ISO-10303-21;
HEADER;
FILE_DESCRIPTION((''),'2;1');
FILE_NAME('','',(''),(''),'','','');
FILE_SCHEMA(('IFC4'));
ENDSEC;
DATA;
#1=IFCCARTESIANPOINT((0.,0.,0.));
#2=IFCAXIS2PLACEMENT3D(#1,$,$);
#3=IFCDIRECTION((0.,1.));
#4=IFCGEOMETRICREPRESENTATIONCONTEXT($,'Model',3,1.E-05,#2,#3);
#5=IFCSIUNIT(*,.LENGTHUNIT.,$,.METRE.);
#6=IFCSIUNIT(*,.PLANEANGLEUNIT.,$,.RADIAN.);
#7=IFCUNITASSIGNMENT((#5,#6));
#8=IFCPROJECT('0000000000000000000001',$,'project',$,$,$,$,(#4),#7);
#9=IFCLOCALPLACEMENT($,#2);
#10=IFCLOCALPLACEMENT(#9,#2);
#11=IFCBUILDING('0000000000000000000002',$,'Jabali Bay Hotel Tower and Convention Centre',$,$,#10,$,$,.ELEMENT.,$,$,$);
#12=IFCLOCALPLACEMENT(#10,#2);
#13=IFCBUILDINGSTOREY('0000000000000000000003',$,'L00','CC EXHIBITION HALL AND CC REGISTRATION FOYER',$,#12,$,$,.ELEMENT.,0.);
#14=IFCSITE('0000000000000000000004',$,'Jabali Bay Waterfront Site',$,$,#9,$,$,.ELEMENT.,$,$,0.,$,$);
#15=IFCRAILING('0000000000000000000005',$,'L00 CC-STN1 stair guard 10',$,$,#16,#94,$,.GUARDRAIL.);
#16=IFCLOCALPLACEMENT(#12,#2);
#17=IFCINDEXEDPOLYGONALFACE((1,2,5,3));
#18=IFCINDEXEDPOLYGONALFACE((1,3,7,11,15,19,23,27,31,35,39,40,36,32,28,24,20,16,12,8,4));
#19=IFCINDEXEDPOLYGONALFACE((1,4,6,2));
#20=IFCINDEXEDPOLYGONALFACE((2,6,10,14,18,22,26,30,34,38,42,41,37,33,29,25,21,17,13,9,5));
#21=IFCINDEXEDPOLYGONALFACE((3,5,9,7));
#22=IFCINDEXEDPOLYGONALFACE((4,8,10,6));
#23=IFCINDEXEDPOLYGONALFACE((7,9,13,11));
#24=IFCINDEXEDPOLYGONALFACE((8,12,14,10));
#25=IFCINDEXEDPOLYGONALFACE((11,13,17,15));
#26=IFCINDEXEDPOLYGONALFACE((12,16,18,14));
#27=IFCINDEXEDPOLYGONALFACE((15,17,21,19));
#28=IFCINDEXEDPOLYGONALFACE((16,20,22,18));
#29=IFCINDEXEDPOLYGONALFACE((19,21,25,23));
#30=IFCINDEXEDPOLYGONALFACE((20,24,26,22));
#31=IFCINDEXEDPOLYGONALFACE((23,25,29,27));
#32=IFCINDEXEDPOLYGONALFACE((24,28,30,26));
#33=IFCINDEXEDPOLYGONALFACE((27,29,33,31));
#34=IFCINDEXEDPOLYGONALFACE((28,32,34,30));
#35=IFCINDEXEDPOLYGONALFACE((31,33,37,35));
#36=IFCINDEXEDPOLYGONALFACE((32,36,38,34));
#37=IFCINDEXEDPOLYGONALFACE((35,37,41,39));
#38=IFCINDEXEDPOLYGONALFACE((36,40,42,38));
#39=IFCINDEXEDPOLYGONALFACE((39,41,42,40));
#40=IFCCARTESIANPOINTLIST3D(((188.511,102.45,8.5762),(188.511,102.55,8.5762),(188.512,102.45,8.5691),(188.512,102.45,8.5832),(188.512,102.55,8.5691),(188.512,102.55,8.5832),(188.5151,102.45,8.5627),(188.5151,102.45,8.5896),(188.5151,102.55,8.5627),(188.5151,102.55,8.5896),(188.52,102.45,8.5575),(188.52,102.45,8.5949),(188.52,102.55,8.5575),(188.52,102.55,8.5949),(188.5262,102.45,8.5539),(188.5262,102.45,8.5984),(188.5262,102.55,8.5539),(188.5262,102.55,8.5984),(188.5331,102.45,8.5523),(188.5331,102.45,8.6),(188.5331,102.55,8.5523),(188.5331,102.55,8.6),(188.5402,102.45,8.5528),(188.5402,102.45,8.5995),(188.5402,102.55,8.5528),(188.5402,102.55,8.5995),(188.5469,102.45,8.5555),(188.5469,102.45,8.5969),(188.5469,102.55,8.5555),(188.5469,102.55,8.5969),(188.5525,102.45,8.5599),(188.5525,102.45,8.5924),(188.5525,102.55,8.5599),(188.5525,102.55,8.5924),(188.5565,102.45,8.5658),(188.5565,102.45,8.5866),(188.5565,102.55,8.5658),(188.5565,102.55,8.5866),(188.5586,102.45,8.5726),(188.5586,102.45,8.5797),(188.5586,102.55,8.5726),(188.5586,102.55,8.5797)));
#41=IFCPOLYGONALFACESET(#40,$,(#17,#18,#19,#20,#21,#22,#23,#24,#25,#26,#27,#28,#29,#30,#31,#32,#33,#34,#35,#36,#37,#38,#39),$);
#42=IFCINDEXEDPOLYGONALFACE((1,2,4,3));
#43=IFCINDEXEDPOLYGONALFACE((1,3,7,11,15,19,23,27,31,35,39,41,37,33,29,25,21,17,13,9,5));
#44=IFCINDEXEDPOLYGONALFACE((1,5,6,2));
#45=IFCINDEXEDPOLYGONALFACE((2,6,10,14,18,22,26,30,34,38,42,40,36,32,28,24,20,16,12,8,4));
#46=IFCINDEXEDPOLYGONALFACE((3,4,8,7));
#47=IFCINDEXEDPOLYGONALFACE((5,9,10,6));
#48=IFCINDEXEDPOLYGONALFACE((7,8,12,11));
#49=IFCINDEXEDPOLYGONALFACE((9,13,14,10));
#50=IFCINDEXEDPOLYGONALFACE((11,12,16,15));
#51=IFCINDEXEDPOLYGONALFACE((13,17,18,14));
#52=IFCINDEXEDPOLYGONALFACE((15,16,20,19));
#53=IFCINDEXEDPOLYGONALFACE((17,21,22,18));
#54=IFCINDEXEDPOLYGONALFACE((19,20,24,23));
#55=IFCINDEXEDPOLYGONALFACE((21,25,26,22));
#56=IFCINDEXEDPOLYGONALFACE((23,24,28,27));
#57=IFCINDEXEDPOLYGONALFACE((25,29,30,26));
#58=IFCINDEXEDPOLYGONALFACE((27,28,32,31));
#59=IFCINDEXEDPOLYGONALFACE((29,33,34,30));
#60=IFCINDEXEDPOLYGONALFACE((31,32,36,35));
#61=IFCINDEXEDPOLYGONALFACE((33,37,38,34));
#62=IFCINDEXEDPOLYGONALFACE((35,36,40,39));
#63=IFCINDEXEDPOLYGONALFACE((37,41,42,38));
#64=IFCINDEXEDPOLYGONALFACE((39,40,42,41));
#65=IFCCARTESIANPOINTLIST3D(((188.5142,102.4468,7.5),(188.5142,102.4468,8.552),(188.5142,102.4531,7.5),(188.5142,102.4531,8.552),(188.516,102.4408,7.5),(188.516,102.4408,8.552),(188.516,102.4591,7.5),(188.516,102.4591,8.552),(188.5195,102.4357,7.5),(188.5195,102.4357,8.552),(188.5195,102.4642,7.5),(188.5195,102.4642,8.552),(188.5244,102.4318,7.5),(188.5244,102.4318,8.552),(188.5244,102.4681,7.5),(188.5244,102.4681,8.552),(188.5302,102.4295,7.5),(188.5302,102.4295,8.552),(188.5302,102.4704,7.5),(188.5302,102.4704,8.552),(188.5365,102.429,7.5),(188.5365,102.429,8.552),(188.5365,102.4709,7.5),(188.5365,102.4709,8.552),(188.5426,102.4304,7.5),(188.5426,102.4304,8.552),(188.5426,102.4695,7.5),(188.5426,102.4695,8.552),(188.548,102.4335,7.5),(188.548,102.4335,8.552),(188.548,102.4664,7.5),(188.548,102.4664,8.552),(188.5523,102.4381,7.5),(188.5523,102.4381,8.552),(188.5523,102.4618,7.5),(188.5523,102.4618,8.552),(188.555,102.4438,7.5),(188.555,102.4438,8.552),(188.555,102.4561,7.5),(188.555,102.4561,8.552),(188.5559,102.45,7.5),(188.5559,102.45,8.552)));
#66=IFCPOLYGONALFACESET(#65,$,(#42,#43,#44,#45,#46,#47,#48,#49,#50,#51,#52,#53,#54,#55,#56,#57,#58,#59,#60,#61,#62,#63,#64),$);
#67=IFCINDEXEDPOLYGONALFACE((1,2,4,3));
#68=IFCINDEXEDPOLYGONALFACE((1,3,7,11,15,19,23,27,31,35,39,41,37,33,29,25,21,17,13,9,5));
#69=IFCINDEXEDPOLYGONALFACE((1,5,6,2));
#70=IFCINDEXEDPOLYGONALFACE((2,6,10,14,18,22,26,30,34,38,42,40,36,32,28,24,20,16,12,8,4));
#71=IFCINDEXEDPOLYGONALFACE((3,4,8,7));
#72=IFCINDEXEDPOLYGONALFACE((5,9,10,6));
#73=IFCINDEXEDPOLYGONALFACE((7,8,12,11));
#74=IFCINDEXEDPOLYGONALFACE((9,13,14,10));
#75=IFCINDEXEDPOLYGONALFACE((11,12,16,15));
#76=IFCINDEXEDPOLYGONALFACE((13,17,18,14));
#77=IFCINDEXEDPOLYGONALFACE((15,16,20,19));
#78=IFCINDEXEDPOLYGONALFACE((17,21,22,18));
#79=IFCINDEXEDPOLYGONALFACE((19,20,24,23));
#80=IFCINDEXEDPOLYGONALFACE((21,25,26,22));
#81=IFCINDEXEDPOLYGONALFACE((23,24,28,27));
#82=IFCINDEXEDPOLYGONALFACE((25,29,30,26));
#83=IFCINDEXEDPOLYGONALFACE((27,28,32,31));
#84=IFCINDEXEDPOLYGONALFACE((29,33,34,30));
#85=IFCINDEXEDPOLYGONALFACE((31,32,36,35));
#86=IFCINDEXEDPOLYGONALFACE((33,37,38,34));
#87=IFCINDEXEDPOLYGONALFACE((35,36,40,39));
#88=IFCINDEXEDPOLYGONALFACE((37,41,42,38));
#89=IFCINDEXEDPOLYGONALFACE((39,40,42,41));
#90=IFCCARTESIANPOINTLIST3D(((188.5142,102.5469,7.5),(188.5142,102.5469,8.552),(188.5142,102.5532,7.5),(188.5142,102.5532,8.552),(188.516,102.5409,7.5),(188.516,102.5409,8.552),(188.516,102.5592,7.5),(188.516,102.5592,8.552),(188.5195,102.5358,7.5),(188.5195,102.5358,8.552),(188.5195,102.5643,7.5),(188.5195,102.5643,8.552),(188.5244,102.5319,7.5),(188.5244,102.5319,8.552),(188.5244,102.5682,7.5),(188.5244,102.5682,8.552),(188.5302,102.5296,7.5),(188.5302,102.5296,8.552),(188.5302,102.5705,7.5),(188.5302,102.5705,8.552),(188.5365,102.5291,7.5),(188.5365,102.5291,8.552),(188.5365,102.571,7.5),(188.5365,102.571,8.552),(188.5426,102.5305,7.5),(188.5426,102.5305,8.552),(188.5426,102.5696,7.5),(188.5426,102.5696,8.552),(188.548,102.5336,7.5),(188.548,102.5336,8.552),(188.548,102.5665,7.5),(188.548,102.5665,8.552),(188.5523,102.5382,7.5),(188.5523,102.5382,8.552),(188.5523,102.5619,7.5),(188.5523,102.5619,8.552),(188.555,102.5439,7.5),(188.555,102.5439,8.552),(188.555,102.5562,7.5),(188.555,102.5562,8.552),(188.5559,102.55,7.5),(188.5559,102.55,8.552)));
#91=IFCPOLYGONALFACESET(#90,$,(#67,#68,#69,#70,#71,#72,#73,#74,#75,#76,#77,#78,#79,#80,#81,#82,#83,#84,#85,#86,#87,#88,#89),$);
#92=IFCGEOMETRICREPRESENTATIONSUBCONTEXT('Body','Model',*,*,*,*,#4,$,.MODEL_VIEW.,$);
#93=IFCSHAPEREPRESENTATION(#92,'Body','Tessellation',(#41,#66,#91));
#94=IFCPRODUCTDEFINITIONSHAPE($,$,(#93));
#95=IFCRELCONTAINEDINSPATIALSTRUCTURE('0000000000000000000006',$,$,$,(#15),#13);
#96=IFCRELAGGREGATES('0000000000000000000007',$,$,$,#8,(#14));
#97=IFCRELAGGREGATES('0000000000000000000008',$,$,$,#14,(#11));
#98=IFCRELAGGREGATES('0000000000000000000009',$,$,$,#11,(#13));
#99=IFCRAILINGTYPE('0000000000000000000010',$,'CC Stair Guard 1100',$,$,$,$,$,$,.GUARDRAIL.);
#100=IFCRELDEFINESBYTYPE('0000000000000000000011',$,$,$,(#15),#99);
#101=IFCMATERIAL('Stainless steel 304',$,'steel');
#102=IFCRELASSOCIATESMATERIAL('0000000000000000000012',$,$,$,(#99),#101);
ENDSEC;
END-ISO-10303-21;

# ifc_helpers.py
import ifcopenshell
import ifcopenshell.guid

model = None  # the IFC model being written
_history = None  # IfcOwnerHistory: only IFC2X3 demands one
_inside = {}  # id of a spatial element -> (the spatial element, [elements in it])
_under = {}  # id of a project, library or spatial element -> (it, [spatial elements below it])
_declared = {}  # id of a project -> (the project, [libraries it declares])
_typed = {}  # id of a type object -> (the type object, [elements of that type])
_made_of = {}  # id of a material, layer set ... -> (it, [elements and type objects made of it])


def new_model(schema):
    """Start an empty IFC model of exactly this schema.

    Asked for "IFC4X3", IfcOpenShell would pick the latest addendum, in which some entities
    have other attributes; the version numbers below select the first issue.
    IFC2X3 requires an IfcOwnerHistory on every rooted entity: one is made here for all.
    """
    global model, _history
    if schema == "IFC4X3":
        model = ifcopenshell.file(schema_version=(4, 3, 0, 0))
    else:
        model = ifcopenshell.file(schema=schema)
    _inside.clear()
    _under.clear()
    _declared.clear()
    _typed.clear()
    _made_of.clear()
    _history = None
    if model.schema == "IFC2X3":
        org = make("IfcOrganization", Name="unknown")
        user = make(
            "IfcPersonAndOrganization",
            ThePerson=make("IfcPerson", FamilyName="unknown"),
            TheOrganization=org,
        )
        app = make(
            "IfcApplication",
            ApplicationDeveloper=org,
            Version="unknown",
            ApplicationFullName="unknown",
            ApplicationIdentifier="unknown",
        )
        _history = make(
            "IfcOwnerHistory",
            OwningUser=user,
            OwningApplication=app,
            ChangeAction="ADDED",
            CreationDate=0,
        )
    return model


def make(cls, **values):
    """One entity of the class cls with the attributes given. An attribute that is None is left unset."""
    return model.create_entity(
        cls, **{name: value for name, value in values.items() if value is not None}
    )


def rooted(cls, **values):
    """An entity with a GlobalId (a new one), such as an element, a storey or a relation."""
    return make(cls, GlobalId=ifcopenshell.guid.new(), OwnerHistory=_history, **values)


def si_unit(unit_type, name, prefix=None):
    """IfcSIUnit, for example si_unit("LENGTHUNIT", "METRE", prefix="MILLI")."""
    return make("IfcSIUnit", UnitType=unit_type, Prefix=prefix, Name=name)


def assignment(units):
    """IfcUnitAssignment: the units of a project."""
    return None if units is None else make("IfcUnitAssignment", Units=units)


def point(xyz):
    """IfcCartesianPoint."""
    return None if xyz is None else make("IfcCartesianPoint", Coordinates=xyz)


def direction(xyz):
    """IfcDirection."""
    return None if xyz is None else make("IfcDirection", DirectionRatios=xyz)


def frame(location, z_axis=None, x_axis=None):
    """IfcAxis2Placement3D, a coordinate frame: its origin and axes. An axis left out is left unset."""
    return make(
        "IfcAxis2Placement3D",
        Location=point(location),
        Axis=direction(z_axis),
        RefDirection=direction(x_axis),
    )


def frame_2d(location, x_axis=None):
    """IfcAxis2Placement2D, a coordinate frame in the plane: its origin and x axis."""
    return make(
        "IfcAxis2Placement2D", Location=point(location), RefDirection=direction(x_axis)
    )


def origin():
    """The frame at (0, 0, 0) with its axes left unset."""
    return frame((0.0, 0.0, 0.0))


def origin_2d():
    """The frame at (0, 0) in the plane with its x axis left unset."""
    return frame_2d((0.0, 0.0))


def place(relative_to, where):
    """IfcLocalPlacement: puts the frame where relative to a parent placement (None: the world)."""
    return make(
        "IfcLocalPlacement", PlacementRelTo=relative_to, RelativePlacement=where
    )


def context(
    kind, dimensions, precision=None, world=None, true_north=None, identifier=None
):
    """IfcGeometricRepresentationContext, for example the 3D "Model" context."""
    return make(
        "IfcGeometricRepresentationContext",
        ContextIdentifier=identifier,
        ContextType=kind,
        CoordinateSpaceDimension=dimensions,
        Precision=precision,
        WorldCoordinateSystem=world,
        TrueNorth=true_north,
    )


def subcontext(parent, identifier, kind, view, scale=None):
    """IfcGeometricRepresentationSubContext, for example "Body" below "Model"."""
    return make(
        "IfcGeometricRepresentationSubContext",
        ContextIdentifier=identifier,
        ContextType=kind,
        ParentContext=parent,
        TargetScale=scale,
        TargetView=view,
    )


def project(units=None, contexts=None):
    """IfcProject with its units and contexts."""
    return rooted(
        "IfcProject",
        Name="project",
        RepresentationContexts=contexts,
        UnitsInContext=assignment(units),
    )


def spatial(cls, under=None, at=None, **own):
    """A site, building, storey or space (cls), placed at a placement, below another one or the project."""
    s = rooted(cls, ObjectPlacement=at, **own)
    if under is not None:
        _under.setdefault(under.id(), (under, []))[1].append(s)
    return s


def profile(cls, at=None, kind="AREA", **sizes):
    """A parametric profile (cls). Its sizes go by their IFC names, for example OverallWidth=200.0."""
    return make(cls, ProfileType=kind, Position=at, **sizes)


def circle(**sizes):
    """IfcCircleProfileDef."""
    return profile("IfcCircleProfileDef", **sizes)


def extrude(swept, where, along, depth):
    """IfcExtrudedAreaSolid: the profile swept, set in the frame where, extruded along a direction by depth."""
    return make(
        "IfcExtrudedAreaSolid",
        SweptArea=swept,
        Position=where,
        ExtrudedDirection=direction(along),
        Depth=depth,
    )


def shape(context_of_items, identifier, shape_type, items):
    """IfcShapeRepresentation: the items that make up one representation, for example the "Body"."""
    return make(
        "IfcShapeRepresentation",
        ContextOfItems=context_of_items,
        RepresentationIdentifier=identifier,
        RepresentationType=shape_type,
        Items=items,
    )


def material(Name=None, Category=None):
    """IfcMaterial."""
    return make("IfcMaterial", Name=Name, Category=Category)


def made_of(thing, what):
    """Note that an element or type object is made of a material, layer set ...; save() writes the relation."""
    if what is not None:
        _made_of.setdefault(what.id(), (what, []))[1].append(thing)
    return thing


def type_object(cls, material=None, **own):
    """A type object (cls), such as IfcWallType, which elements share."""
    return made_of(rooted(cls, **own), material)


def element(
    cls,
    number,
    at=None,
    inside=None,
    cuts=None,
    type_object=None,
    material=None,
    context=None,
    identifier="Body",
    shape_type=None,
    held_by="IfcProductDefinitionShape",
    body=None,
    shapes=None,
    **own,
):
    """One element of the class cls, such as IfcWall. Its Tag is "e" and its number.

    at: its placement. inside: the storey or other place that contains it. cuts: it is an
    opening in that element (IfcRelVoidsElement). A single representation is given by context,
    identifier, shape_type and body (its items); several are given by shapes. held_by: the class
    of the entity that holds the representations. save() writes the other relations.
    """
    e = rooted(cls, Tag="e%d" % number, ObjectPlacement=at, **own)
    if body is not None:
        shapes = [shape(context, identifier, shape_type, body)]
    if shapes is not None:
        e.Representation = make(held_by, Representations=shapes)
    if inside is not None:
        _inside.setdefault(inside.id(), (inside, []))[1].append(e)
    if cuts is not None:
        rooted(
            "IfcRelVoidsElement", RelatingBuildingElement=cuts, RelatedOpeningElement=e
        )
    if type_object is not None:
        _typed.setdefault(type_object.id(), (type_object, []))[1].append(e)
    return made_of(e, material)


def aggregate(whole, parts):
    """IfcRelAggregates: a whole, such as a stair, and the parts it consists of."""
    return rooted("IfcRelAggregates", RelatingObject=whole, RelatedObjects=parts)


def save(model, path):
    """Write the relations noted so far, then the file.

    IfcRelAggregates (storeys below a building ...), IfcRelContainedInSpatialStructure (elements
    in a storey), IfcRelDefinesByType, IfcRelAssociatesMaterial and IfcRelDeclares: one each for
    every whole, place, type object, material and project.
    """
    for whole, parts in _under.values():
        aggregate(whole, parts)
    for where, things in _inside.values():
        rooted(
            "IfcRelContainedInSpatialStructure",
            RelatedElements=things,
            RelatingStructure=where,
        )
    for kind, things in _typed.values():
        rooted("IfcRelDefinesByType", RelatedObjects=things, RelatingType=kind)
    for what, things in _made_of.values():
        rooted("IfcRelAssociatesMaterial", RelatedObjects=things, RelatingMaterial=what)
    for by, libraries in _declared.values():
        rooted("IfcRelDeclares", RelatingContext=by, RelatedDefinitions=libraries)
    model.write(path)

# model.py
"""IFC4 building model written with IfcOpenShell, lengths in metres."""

from ifc_helpers import new_model, si_unit, direction, frame, origin, origin_2d, place, context, subcontext, project, spatial, circle, extrude, material, type_object, element, save


model = new_model("IFC4")

# Units and contexts
model_context = context("Model", 3, precision=1e-05, world=origin(), true_north=direction((0.0, 1.0)))
body_context = subcontext(model_context, "Body", "Model", "MODEL_VIEW")
ifc_project = project(units=[si_unit("LENGTHUNIT", "METRE"), si_unit("PLANEANGLEUNIT", "RADIAN")], contexts=[model_context])

# Site, building, storey
site_placement = place(None, origin())
site = spatial("IfcSite", under=ifc_project, at=site_placement, Name="Jabali Bay Waterfront Site", CompositionType="ELEMENT", RefElevation=0.0)
building_placement = place(site_placement, origin())
building = spatial("IfcBuilding", under=site, at=building_placement, Name="Jabali Bay Hotel Tower and Convention Centre", CompositionType="ELEMENT")
storey_placement = place(building_placement, origin())
storey = spatial("IfcBuildingStorey", under=building, at=storey_placement, Name="L00", Description="CC EXHIBITION HALL AND CC REGISTRATION FOYER", CompositionType="ELEMENT", Elevation=0.0)

# Railing
ifc_material_1 = material(Name="Stainless steel 304", Category="steel")
railing_type_1 = type_object("IfcRailingType", Name="CC Stair Guard 1100", PredefinedType="GUARDRAIL", material=ifc_material_1)
railing_1_placement = place(storey_placement, frame((188.5349, 102.45, 7.5)))
element("IfcRailing", 1, at=railing_1_placement, inside=storey, type_object=railing_type_1, Name="L00 CC-STN1 stair guard 10", PredefinedType="GUARDRAIL", context=body_context, shape_type="SweptSolid", body=[
    extrude(circle(Radius=0.0239, at=origin_2d()), frame((0.0, 0.0, 1.0762), z_axis=(0.0, 1.0, 0.0), x_axis=(-1.0, 0.0, 0.0)), (0.0, 0.0, 1.0), 0.1001),
    extrude(circle(Radius=0.021, at=origin_2d()), origin(), (0.0, 0.0, 1.0), 1.052),
    extrude(circle(Radius=0.021, at=origin_2d()), frame((0.0, 0.1001, 0.0)), (0.0, 0.0, 1.0), 1.052),
])

save(model, "model.ifc")
